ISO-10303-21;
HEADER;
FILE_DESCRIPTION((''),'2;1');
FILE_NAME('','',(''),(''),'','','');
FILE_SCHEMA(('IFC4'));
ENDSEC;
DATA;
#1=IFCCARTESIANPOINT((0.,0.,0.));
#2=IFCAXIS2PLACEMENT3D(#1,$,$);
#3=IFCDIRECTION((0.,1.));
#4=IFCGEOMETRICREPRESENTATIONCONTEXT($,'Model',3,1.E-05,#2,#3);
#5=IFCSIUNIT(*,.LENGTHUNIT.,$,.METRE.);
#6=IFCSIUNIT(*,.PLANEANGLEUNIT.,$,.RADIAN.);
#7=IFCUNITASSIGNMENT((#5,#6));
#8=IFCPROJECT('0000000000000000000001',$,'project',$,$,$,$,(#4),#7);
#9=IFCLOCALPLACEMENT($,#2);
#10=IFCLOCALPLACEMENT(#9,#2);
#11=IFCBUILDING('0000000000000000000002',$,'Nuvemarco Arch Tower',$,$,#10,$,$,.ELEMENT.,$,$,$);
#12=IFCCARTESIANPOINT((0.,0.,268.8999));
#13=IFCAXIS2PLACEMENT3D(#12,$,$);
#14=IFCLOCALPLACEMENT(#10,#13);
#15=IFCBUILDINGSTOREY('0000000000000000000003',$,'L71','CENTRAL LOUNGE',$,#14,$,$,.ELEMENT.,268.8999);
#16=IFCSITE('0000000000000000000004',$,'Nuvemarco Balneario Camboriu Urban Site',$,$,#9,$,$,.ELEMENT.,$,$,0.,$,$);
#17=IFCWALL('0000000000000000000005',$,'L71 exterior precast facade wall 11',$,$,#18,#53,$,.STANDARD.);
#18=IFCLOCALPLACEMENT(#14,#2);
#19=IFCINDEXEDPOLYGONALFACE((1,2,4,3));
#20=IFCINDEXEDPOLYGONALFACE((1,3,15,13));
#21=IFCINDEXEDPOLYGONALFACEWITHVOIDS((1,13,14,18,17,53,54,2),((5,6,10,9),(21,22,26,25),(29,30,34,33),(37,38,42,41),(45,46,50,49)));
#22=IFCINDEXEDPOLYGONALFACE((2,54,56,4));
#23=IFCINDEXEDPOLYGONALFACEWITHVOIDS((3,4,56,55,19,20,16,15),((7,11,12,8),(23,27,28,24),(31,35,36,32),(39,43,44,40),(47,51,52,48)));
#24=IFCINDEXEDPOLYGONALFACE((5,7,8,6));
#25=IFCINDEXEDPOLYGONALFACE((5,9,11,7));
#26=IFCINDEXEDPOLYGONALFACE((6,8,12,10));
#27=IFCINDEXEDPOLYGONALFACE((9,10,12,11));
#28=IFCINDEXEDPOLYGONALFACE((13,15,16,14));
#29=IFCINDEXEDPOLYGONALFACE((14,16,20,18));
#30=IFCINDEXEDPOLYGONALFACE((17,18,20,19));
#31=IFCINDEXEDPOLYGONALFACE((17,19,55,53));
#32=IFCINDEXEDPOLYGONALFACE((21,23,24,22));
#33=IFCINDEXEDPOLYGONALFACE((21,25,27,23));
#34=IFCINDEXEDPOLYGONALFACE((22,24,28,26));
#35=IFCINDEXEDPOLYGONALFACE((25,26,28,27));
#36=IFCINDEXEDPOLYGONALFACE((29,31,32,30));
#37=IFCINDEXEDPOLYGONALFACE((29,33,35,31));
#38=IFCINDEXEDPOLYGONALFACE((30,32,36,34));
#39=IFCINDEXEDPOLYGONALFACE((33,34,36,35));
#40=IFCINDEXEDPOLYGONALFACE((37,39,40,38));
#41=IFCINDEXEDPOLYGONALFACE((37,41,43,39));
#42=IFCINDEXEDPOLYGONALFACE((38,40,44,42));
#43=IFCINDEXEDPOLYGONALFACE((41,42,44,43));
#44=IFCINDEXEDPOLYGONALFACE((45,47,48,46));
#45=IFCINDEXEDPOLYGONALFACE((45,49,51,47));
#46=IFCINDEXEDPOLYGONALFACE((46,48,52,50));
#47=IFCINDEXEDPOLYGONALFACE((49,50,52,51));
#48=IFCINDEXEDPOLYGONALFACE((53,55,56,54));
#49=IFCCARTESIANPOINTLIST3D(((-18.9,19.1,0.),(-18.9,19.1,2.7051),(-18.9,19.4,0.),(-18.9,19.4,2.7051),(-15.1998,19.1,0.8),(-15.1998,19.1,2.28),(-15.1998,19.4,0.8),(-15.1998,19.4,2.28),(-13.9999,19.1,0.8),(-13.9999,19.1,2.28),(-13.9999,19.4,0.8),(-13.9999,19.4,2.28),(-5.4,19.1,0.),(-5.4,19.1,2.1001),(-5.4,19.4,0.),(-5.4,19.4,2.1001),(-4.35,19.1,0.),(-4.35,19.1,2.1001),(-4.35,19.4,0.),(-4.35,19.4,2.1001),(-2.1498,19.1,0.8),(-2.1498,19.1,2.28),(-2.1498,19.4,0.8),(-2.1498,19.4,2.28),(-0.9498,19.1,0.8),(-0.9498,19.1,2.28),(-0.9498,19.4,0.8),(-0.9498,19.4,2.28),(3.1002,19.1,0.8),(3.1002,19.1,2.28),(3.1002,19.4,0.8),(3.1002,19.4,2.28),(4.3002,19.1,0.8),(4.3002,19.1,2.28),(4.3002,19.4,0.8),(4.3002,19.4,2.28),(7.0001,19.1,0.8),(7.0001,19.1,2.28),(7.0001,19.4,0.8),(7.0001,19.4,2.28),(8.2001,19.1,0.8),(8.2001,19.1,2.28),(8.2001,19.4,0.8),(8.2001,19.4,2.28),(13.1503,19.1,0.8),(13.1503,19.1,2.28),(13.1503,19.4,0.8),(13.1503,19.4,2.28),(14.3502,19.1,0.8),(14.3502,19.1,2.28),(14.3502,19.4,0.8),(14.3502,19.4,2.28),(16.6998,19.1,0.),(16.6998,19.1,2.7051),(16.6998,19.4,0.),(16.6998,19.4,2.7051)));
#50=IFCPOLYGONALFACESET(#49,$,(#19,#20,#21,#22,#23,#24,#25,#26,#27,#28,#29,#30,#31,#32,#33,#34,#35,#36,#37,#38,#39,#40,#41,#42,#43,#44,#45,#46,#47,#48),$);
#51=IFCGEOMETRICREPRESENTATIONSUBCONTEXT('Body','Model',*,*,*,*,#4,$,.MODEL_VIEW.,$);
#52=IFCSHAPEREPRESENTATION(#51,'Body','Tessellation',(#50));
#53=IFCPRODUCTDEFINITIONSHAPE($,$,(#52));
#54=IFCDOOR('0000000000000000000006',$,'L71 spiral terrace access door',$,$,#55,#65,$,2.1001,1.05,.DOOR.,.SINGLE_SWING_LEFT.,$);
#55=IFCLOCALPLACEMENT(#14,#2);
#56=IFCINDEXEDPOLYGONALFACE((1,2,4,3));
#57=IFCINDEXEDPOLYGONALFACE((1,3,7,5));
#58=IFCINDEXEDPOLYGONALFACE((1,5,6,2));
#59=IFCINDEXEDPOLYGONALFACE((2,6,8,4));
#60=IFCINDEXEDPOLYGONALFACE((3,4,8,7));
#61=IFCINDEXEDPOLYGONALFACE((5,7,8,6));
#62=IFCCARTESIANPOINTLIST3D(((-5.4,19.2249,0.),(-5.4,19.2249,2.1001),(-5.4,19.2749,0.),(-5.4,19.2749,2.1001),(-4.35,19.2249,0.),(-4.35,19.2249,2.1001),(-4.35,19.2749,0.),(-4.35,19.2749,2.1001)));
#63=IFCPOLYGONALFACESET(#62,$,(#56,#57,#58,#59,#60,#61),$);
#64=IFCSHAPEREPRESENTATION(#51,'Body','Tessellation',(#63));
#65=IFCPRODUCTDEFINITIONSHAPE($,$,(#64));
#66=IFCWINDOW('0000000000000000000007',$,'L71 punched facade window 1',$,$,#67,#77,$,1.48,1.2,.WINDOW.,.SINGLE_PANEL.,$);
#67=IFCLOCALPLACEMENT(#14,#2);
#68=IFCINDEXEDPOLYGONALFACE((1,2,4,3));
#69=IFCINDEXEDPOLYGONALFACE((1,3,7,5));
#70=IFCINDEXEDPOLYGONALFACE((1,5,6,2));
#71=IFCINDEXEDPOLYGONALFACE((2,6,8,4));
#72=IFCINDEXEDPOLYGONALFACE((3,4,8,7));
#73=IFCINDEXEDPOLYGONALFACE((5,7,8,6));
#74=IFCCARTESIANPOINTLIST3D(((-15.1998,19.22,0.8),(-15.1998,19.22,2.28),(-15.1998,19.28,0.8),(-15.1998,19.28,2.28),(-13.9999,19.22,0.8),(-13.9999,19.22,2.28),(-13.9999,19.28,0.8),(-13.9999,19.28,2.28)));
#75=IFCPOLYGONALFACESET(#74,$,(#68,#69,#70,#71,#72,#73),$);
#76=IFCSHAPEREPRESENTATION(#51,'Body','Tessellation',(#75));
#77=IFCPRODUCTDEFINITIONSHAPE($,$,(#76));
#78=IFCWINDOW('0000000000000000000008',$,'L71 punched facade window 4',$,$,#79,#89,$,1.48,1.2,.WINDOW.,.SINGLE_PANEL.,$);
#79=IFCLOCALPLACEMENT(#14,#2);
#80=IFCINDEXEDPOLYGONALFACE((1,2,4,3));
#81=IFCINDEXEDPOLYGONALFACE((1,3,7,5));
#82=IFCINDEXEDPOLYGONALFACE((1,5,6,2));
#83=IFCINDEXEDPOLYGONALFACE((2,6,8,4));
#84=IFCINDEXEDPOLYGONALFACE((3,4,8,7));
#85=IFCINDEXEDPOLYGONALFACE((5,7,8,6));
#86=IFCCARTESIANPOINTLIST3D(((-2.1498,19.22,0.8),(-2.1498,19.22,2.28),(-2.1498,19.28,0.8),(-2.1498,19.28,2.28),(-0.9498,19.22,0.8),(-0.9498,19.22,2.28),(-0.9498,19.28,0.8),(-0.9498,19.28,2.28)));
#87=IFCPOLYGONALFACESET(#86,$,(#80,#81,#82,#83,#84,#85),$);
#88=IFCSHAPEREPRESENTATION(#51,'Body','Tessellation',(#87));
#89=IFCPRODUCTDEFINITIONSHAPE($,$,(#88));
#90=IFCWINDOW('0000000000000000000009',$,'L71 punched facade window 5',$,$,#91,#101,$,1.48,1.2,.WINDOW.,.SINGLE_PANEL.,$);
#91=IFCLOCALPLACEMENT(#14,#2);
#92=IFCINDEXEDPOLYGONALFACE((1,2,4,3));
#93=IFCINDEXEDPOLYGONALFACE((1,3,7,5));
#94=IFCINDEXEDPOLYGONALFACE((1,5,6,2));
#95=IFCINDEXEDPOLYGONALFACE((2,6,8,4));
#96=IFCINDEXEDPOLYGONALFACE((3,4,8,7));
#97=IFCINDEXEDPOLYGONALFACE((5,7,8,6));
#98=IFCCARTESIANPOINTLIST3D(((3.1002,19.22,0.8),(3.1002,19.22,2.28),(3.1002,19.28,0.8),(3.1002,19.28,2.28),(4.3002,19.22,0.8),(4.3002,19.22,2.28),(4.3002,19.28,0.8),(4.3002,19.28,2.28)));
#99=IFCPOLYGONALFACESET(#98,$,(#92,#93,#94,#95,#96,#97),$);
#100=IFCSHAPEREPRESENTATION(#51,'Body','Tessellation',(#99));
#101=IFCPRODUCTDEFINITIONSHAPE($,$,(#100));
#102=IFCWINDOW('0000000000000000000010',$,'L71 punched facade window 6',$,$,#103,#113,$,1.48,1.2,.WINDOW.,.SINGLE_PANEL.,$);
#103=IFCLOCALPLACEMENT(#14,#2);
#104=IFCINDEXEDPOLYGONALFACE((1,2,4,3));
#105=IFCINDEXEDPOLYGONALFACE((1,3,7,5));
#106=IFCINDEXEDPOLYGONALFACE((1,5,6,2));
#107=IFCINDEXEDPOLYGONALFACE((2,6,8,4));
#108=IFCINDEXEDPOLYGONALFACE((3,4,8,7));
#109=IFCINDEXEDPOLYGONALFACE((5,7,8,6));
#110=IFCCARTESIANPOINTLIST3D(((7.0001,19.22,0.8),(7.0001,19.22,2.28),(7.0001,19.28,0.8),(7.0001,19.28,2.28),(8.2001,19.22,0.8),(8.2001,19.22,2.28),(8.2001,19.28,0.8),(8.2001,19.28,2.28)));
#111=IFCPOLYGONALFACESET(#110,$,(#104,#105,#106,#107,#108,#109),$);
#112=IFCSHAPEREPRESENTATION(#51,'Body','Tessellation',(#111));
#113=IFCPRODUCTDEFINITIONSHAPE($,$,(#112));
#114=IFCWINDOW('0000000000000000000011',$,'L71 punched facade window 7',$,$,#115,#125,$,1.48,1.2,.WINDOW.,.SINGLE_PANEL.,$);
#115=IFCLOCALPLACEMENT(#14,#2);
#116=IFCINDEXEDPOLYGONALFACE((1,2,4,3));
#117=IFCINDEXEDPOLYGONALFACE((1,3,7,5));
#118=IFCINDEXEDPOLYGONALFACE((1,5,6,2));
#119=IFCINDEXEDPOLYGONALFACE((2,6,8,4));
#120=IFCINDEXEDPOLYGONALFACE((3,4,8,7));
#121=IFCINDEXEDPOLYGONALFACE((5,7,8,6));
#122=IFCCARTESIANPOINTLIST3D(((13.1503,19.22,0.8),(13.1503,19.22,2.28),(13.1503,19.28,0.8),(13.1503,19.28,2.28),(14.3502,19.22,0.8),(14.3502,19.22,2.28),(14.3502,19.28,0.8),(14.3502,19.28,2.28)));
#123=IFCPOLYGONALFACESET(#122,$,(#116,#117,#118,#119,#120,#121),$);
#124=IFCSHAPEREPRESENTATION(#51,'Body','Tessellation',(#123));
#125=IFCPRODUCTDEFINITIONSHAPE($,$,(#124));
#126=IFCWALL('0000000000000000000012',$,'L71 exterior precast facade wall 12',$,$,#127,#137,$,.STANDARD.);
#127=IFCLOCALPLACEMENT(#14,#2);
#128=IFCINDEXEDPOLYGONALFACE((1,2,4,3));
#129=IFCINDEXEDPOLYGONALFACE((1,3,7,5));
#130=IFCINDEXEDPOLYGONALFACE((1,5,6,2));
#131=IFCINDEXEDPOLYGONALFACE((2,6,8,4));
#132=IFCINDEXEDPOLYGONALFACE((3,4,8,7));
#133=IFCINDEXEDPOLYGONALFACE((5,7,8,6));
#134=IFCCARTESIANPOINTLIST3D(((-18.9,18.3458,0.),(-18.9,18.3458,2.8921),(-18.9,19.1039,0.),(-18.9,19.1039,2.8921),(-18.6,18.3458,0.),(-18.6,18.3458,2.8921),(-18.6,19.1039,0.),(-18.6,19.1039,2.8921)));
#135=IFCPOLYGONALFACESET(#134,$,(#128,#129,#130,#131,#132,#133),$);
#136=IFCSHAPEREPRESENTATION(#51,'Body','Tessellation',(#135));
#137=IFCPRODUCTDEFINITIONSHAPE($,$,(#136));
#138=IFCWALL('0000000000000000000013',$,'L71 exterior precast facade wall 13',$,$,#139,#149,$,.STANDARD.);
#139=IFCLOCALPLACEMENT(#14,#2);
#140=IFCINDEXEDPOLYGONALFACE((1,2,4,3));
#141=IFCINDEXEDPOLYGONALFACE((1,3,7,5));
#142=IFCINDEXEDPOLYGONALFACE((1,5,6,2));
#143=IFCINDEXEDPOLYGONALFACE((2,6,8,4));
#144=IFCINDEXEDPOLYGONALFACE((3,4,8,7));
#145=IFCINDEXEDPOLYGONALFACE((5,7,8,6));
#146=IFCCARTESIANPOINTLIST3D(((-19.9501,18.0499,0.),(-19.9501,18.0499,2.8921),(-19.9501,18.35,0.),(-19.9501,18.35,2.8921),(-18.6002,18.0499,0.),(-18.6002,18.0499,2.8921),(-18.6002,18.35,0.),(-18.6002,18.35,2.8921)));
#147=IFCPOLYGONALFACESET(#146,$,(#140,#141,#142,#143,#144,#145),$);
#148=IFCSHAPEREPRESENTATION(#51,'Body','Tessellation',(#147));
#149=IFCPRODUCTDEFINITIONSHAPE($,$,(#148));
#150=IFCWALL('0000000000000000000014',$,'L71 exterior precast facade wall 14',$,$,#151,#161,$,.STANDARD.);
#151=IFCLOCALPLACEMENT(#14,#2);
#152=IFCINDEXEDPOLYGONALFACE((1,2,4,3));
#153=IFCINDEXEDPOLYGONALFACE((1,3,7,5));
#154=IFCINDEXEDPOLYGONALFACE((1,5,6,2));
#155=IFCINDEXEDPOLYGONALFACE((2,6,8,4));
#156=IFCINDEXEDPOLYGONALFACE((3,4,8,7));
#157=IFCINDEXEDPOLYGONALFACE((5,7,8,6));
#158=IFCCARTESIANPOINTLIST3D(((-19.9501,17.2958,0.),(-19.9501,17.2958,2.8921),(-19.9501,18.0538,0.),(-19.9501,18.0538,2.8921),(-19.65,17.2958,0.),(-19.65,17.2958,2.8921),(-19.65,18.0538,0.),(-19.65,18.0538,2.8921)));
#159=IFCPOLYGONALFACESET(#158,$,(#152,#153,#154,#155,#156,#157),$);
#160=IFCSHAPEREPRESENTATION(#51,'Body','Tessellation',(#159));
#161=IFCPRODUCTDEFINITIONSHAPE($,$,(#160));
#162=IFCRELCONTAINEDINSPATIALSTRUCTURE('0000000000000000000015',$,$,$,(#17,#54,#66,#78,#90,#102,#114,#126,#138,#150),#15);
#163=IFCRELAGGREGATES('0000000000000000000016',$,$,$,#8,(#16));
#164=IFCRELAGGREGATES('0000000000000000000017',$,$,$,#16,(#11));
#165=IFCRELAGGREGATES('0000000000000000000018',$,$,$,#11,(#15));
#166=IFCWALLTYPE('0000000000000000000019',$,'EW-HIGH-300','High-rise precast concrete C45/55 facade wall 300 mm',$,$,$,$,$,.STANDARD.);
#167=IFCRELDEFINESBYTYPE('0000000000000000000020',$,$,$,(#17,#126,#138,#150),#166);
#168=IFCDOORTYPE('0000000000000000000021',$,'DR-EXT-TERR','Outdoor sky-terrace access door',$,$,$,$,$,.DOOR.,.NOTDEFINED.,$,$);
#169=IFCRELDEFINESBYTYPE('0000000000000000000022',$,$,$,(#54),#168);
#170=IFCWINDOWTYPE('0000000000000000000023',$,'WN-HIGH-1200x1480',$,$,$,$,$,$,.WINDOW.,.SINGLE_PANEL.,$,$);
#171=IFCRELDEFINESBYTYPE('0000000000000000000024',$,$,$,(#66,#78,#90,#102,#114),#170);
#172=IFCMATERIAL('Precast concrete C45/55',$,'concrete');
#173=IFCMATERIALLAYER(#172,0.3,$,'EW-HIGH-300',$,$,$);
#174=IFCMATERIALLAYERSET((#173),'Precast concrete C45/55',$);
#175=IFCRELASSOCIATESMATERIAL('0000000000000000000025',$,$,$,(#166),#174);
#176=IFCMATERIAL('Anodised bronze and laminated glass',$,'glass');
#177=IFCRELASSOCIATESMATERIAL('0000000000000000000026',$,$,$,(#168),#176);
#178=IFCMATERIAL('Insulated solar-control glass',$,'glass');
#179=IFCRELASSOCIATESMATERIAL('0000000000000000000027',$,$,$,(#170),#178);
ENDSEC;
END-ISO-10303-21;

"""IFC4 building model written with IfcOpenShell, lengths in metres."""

from ifc_helpers import new_model, si_unit, direction, frame, frame_2d, origin, place, context, subcontext, project, spatial, rectangle, extrude, source, transform, mapped, material, layer, layer_set, type_object, type_shapes, element, fill, save


model = new_model("IFC4")

# Units and contexts
model_context = context("Model", 3, precision=1e-05, world=origin(), true_north=direction((0.0, 1.0)))
body_context = subcontext(model_context, "Body", "Model", "MODEL_VIEW")
ifc_project = project(units=[si_unit("LENGTHUNIT", "METRE"), si_unit("PLANEANGLEUNIT", "RADIAN")], contexts=[model_context])

# Site, building, storey
site_placement = place(None, origin())
site = spatial("IfcSite", under=ifc_project, at=site_placement, Name="Nuvemarco Balneario Camboriu Urban Site", CompositionType="ELEMENT", RefElevation=0.0)
building_placement = place(site_placement, origin())
building = spatial("IfcBuilding", under=site, at=building_placement, Name="Nuvemarco Arch Tower", CompositionType="ELEMENT")
storey_placement = place(building_placement, frame((0.0, 0.0, 268.8999)))
storey = spatial("IfcBuildingStorey", under=building, at=storey_placement, Name="L71", Description="CENTRAL LOUNGE", CompositionType="ELEMENT", Elevation=268.8999)

# Wall, openings, door, windows
ifc_material_1 = material(Name="Precast concrete C45/55", Category="concrete")
ifc_layer_1 = layer(ifc_material_1, 0.3, Name="EW-HIGH-300")
ifc_layer_set_1 = layer_set([ifc_layer_1], Name="Precast concrete C45/55")
wall_type_1 = type_object("IfcWallType", Name="EW-HIGH-300", Description="High-rise precast concrete C45/55 facade wall 300 mm", PredefinedType="STANDARD", material=ifc_layer_set_1)
wall_1_placement = place(storey_placement, frame((-18.8999, 19.25, 0.0), z_axis=(0.0, 0.0, 1.0), x_axis=(1.0, 0.0, 0.0)))
wall_1 = element("IfcWall", 1, at=wall_1_placement, inside=storey, type_object=wall_type_1, Name="L71 exterior precast facade wall 11", PredefinedType="STANDARD", context=body_context, shape_type="SweptSolid", body=[
    extrude(rectangle(XDim=35.5999, YDim=0.3, at=frame_2d((17.7998, 0.0))), origin(), (0.0, 0.0, 1.0), 2.7051),
])
opening_1_placement = place(wall_1_placement, frame((13.5, 0.0, 0.0)))
opening_1 = element("IfcOpeningElement", 2, at=opening_1_placement, cuts=wall_1, PredefinedType="OPENING", context=body_context, shape_type="SweptSolid", body=[
    extrude(rectangle(XDim=1.05, YDim=2.1001, at=frame_2d((0.5249, 1.05))), frame((0.0, 0.1599, 0.0), z_axis=(0.0, -1.0, 0.0), x_axis=(1.0, 0.0, 0.0)), (0.0, 0.0, 1.0), 0.3201),
])
opening_2_placement = place(wall_1_placement, frame((3.7, 0.0, 0.8)))
opening_2 = element("IfcOpeningElement", 3, at=opening_2_placement, cuts=wall_1, PredefinedType="OPENING", context=body_context, shape_type="SweptSolid", body=[
    extrude(rectangle(XDim=1.2, YDim=1.48, at=frame_2d((0.6001, 0.74))), frame((0.0, 0.1599, 0.0), z_axis=(0.0, -1.0, 0.0), x_axis=(1.0, 0.0, 0.0)), (0.0, 0.0, 1.0), 0.3201),
])
opening_3_placement = place(wall_1_placement, frame((16.75, 0.0, 0.8)))
opening_3 = element("IfcOpeningElement", 4, at=opening_3_placement, cuts=wall_1, PredefinedType="OPENING", context=body_context, shape_type="SweptSolid", body=[
    extrude(rectangle(XDim=1.2, YDim=1.48, at=frame_2d((0.6001, 0.74))), frame((0.0, 0.1599, 0.0), z_axis=(0.0, -1.0, 0.0), x_axis=(1.0, 0.0, 0.0)), (0.0, 0.0, 1.0), 0.3201),
])
opening_4_placement = place(wall_1_placement, frame((22.0, 0.0, 0.8)))
opening_4 = element("IfcOpeningElement", 5, at=opening_4_placement, cuts=wall_1, PredefinedType="OPENING", context=body_context, shape_type="SweptSolid", body=[
    extrude(rectangle(XDim=1.2, YDim=1.48, at=frame_2d((0.6001, 0.74))), frame((0.0, 0.1599, 0.0), z_axis=(0.0, -1.0, 0.0), x_axis=(1.0, 0.0, 0.0)), (0.0, 0.0, 1.0), 0.3201),
])
opening_5_placement = place(wall_1_placement, frame((25.8999, 0.0, 0.8)))
opening_5 = element("IfcOpeningElement", 6, at=opening_5_placement, cuts=wall_1, PredefinedType="OPENING", context=body_context, shape_type="SweptSolid", body=[
    extrude(rectangle(XDim=1.2, YDim=1.48, at=frame_2d((0.6001, 0.74))), frame((0.0, 0.1599, 0.0), z_axis=(0.0, -1.0, 0.0), x_axis=(1.0, 0.0, 0.0)), (0.0, 0.0, 1.0), 0.3201),
])
opening_6_placement = place(wall_1_placement, frame((32.05, 0.0, 0.8)))
opening_6 = element("IfcOpeningElement", 7, at=opening_6_placement, cuts=wall_1, PredefinedType="OPENING", context=body_context, shape_type="SweptSolid", body=[
    extrude(rectangle(XDim=1.2, YDim=1.48, at=frame_2d((0.6001, 0.74))), frame((0.0, 0.1599, 0.0), z_axis=(0.0, -1.0, 0.0), x_axis=(1.0, 0.0, 0.0)), (0.0, 0.0, 1.0), 0.3201),
])
ifc_material_2 = material(Name="Anodised bronze and laminated glass", Category="glass")
door_type_1 = type_object("IfcDoorType", Name="DR-EXT-TERR", Description="Outdoor sky-terrace access door", OperationType="NOTDEFINED", PredefinedType="DOOR", material=ifc_material_2)
shared_shape_1 = source(origin(), body_context, "Body", "SweptSolid", [
    extrude(rectangle(XDim=1.05, YDim=2.1001, at=frame_2d((0.5249, 1.05))), frame((0.0, 0.0249, 0.0), z_axis=(0.0, -1.0, 0.0), x_axis=(1.0, 0.0, 0.0)), (0.0, 0.0, 1.0), 0.05),
])
type_shapes(door_type_1, [shared_shape_1])
door_1_placement = place(opening_1_placement, origin())
door_1 = element("IfcDoor", 8, at=door_1_placement, inside=storey, type_object=door_type_1, Name="L71 spiral terrace access door", OperationType="SINGLE_SWING_LEFT", OverallHeight=2.1001, OverallWidth=1.05, PredefinedType="DOOR", context=body_context, shape_type="MappedRepresentation", body=[
    mapped(shared_shape_1, transform((0.0, 0.0, 0.0), scale=1.0)),
])
fill(opening_1, door_1)
ifc_material_3 = material(Name="Insulated solar-control glass", Category="glass")
window_type = type_object("IfcWindowType", Name="WN-HIGH-1200x1480", PartitioningType="SINGLE_PANEL", PredefinedType="WINDOW", material=ifc_material_3)
shared_shape_2 = source(origin(), body_context, "Body", "SweptSolid", [
    extrude(rectangle(XDim=1.2, YDim=1.48, at=frame_2d((0.6001, 0.74))), frame((0.0, 0.03, 0.0), z_axis=(0.0, -1.0, 0.0), x_axis=(1.0, 0.0, 0.0)), (0.0, 0.0, 1.0), 0.0601),
])
type_shapes(window_type, [shared_shape_2])
window_1_placement = place(opening_2_placement, origin())
window_1 = element("IfcWindow", 9, at=window_1_placement, inside=storey, type_object=window_type, Name="L71 punched facade window 1", OverallHeight=1.48, OverallWidth=1.2, PartitioningType="SINGLE_PANEL", PredefinedType="WINDOW", context=body_context, shape_type="MappedRepresentation", body=[
    mapped(shared_shape_2, transform((0.0, 0.0, 0.0), scale=1.0)),
])
fill(opening_2, window_1)
window_2_placement = place(opening_3_placement, origin())
window_2 = element("IfcWindow", 10, at=window_2_placement, inside=storey, type_object=window_type, Name="L71 punched facade window 4", OverallHeight=1.48, OverallWidth=1.2, PartitioningType="SINGLE_PANEL", PredefinedType="WINDOW", context=body_context, shape_type="MappedRepresentation", body=[
    mapped(shared_shape_2, transform((0.0, 0.0, 0.0), scale=1.0)),
])
fill(opening_3, window_2)
window_3_placement = place(opening_4_placement, origin())
window_3 = element("IfcWindow", 11, at=window_3_placement, inside=storey, type_object=window_type, Name="L71 punched facade window 5", OverallHeight=1.48, OverallWidth=1.2, PartitioningType="SINGLE_PANEL", PredefinedType="WINDOW", context=body_context, shape_type="MappedRepresentation", body=[
    mapped(shared_shape_2, transform((0.0, 0.0, 0.0), scale=1.0)),
])
fill(opening_4, window_3)
window_4_placement = place(opening_5_placement, origin())
window_4 = element("IfcWindow", 12, at=window_4_placement, inside=storey, type_object=window_type, Name="L71 punched facade window 6", OverallHeight=1.48, OverallWidth=1.2, PartitioningType="SINGLE_PANEL", PredefinedType="WINDOW", context=body_context, shape_type="MappedRepresentation", body=[
    mapped(shared_shape_2, transform((0.0, 0.0, 0.0), scale=1.0)),
])
fill(opening_5, window_4)
window_5_placement = place(opening_6_placement, origin())
window_5 = element("IfcWindow", 13, at=window_5_placement, inside=storey, type_object=window_type, Name="L71 punched facade window 7", OverallHeight=1.48, OverallWidth=1.2, PartitioningType="SINGLE_PANEL", PredefinedType="WINDOW", context=body_context, shape_type="MappedRepresentation", body=[
    mapped(shared_shape_2, transform((0.0, 0.0, 0.0), scale=1.0)),
])
fill(opening_6, window_5)

# Walls
wall_2_placement = place(storey_placement, frame((-18.75, 18.3459, 0.0), z_axis=(0.0, 0.0, 1.0), x_axis=(0.0, 1.0, 0.0)))
element("IfcWall", 14, at=wall_2_placement, inside=storey, type_object=wall_type_1, Name="L71 exterior precast facade wall 12", PredefinedType="STANDARD", context=body_context, shape_type="SweptSolid", body=[
    extrude(rectangle(XDim=0.7581, YDim=0.3, at=frame_2d((0.3789, 0.0))), origin(), (0.0, 0.0, 1.0), 2.8921),
])
wall_3_placement = place(storey_placement, frame((-19.95, 18.2, 0.0), z_axis=(0.0, 0.0, 1.0), x_axis=(1.0, 0.0, 0.0)))
element("IfcWall", 15, at=wall_3_placement, inside=storey, type_object=wall_type_1, Name="L71 exterior precast facade wall 13", PredefinedType="STANDARD", context=body_context, shape_type="SweptSolid", body=[
    extrude(rectangle(XDim=1.3499, YDim=0.3, at=frame_2d((0.6748, 0.0))), origin(), (0.0, 0.0, 1.0), 2.8921),
])
wall_4_placement = place(storey_placement, frame((-19.8, 17.2959, 0.0), z_axis=(0.0, 0.0, 1.0), x_axis=(0.0, 1.0, 0.0)))
element("IfcWall", 16, at=wall_4_placement, inside=storey, type_object=wall_type_1, Name="L71 exterior precast facade wall 14", PredefinedType="STANDARD", context=body_context, shape_type="SweptSolid", body=[
    extrude(rectangle(XDim=0.7581, YDim=0.3, at=frame_2d((0.3789, 0.0))), origin(), (0.0, 0.0, 1.0), 2.8921),
])

save(model, "model.ifc")
